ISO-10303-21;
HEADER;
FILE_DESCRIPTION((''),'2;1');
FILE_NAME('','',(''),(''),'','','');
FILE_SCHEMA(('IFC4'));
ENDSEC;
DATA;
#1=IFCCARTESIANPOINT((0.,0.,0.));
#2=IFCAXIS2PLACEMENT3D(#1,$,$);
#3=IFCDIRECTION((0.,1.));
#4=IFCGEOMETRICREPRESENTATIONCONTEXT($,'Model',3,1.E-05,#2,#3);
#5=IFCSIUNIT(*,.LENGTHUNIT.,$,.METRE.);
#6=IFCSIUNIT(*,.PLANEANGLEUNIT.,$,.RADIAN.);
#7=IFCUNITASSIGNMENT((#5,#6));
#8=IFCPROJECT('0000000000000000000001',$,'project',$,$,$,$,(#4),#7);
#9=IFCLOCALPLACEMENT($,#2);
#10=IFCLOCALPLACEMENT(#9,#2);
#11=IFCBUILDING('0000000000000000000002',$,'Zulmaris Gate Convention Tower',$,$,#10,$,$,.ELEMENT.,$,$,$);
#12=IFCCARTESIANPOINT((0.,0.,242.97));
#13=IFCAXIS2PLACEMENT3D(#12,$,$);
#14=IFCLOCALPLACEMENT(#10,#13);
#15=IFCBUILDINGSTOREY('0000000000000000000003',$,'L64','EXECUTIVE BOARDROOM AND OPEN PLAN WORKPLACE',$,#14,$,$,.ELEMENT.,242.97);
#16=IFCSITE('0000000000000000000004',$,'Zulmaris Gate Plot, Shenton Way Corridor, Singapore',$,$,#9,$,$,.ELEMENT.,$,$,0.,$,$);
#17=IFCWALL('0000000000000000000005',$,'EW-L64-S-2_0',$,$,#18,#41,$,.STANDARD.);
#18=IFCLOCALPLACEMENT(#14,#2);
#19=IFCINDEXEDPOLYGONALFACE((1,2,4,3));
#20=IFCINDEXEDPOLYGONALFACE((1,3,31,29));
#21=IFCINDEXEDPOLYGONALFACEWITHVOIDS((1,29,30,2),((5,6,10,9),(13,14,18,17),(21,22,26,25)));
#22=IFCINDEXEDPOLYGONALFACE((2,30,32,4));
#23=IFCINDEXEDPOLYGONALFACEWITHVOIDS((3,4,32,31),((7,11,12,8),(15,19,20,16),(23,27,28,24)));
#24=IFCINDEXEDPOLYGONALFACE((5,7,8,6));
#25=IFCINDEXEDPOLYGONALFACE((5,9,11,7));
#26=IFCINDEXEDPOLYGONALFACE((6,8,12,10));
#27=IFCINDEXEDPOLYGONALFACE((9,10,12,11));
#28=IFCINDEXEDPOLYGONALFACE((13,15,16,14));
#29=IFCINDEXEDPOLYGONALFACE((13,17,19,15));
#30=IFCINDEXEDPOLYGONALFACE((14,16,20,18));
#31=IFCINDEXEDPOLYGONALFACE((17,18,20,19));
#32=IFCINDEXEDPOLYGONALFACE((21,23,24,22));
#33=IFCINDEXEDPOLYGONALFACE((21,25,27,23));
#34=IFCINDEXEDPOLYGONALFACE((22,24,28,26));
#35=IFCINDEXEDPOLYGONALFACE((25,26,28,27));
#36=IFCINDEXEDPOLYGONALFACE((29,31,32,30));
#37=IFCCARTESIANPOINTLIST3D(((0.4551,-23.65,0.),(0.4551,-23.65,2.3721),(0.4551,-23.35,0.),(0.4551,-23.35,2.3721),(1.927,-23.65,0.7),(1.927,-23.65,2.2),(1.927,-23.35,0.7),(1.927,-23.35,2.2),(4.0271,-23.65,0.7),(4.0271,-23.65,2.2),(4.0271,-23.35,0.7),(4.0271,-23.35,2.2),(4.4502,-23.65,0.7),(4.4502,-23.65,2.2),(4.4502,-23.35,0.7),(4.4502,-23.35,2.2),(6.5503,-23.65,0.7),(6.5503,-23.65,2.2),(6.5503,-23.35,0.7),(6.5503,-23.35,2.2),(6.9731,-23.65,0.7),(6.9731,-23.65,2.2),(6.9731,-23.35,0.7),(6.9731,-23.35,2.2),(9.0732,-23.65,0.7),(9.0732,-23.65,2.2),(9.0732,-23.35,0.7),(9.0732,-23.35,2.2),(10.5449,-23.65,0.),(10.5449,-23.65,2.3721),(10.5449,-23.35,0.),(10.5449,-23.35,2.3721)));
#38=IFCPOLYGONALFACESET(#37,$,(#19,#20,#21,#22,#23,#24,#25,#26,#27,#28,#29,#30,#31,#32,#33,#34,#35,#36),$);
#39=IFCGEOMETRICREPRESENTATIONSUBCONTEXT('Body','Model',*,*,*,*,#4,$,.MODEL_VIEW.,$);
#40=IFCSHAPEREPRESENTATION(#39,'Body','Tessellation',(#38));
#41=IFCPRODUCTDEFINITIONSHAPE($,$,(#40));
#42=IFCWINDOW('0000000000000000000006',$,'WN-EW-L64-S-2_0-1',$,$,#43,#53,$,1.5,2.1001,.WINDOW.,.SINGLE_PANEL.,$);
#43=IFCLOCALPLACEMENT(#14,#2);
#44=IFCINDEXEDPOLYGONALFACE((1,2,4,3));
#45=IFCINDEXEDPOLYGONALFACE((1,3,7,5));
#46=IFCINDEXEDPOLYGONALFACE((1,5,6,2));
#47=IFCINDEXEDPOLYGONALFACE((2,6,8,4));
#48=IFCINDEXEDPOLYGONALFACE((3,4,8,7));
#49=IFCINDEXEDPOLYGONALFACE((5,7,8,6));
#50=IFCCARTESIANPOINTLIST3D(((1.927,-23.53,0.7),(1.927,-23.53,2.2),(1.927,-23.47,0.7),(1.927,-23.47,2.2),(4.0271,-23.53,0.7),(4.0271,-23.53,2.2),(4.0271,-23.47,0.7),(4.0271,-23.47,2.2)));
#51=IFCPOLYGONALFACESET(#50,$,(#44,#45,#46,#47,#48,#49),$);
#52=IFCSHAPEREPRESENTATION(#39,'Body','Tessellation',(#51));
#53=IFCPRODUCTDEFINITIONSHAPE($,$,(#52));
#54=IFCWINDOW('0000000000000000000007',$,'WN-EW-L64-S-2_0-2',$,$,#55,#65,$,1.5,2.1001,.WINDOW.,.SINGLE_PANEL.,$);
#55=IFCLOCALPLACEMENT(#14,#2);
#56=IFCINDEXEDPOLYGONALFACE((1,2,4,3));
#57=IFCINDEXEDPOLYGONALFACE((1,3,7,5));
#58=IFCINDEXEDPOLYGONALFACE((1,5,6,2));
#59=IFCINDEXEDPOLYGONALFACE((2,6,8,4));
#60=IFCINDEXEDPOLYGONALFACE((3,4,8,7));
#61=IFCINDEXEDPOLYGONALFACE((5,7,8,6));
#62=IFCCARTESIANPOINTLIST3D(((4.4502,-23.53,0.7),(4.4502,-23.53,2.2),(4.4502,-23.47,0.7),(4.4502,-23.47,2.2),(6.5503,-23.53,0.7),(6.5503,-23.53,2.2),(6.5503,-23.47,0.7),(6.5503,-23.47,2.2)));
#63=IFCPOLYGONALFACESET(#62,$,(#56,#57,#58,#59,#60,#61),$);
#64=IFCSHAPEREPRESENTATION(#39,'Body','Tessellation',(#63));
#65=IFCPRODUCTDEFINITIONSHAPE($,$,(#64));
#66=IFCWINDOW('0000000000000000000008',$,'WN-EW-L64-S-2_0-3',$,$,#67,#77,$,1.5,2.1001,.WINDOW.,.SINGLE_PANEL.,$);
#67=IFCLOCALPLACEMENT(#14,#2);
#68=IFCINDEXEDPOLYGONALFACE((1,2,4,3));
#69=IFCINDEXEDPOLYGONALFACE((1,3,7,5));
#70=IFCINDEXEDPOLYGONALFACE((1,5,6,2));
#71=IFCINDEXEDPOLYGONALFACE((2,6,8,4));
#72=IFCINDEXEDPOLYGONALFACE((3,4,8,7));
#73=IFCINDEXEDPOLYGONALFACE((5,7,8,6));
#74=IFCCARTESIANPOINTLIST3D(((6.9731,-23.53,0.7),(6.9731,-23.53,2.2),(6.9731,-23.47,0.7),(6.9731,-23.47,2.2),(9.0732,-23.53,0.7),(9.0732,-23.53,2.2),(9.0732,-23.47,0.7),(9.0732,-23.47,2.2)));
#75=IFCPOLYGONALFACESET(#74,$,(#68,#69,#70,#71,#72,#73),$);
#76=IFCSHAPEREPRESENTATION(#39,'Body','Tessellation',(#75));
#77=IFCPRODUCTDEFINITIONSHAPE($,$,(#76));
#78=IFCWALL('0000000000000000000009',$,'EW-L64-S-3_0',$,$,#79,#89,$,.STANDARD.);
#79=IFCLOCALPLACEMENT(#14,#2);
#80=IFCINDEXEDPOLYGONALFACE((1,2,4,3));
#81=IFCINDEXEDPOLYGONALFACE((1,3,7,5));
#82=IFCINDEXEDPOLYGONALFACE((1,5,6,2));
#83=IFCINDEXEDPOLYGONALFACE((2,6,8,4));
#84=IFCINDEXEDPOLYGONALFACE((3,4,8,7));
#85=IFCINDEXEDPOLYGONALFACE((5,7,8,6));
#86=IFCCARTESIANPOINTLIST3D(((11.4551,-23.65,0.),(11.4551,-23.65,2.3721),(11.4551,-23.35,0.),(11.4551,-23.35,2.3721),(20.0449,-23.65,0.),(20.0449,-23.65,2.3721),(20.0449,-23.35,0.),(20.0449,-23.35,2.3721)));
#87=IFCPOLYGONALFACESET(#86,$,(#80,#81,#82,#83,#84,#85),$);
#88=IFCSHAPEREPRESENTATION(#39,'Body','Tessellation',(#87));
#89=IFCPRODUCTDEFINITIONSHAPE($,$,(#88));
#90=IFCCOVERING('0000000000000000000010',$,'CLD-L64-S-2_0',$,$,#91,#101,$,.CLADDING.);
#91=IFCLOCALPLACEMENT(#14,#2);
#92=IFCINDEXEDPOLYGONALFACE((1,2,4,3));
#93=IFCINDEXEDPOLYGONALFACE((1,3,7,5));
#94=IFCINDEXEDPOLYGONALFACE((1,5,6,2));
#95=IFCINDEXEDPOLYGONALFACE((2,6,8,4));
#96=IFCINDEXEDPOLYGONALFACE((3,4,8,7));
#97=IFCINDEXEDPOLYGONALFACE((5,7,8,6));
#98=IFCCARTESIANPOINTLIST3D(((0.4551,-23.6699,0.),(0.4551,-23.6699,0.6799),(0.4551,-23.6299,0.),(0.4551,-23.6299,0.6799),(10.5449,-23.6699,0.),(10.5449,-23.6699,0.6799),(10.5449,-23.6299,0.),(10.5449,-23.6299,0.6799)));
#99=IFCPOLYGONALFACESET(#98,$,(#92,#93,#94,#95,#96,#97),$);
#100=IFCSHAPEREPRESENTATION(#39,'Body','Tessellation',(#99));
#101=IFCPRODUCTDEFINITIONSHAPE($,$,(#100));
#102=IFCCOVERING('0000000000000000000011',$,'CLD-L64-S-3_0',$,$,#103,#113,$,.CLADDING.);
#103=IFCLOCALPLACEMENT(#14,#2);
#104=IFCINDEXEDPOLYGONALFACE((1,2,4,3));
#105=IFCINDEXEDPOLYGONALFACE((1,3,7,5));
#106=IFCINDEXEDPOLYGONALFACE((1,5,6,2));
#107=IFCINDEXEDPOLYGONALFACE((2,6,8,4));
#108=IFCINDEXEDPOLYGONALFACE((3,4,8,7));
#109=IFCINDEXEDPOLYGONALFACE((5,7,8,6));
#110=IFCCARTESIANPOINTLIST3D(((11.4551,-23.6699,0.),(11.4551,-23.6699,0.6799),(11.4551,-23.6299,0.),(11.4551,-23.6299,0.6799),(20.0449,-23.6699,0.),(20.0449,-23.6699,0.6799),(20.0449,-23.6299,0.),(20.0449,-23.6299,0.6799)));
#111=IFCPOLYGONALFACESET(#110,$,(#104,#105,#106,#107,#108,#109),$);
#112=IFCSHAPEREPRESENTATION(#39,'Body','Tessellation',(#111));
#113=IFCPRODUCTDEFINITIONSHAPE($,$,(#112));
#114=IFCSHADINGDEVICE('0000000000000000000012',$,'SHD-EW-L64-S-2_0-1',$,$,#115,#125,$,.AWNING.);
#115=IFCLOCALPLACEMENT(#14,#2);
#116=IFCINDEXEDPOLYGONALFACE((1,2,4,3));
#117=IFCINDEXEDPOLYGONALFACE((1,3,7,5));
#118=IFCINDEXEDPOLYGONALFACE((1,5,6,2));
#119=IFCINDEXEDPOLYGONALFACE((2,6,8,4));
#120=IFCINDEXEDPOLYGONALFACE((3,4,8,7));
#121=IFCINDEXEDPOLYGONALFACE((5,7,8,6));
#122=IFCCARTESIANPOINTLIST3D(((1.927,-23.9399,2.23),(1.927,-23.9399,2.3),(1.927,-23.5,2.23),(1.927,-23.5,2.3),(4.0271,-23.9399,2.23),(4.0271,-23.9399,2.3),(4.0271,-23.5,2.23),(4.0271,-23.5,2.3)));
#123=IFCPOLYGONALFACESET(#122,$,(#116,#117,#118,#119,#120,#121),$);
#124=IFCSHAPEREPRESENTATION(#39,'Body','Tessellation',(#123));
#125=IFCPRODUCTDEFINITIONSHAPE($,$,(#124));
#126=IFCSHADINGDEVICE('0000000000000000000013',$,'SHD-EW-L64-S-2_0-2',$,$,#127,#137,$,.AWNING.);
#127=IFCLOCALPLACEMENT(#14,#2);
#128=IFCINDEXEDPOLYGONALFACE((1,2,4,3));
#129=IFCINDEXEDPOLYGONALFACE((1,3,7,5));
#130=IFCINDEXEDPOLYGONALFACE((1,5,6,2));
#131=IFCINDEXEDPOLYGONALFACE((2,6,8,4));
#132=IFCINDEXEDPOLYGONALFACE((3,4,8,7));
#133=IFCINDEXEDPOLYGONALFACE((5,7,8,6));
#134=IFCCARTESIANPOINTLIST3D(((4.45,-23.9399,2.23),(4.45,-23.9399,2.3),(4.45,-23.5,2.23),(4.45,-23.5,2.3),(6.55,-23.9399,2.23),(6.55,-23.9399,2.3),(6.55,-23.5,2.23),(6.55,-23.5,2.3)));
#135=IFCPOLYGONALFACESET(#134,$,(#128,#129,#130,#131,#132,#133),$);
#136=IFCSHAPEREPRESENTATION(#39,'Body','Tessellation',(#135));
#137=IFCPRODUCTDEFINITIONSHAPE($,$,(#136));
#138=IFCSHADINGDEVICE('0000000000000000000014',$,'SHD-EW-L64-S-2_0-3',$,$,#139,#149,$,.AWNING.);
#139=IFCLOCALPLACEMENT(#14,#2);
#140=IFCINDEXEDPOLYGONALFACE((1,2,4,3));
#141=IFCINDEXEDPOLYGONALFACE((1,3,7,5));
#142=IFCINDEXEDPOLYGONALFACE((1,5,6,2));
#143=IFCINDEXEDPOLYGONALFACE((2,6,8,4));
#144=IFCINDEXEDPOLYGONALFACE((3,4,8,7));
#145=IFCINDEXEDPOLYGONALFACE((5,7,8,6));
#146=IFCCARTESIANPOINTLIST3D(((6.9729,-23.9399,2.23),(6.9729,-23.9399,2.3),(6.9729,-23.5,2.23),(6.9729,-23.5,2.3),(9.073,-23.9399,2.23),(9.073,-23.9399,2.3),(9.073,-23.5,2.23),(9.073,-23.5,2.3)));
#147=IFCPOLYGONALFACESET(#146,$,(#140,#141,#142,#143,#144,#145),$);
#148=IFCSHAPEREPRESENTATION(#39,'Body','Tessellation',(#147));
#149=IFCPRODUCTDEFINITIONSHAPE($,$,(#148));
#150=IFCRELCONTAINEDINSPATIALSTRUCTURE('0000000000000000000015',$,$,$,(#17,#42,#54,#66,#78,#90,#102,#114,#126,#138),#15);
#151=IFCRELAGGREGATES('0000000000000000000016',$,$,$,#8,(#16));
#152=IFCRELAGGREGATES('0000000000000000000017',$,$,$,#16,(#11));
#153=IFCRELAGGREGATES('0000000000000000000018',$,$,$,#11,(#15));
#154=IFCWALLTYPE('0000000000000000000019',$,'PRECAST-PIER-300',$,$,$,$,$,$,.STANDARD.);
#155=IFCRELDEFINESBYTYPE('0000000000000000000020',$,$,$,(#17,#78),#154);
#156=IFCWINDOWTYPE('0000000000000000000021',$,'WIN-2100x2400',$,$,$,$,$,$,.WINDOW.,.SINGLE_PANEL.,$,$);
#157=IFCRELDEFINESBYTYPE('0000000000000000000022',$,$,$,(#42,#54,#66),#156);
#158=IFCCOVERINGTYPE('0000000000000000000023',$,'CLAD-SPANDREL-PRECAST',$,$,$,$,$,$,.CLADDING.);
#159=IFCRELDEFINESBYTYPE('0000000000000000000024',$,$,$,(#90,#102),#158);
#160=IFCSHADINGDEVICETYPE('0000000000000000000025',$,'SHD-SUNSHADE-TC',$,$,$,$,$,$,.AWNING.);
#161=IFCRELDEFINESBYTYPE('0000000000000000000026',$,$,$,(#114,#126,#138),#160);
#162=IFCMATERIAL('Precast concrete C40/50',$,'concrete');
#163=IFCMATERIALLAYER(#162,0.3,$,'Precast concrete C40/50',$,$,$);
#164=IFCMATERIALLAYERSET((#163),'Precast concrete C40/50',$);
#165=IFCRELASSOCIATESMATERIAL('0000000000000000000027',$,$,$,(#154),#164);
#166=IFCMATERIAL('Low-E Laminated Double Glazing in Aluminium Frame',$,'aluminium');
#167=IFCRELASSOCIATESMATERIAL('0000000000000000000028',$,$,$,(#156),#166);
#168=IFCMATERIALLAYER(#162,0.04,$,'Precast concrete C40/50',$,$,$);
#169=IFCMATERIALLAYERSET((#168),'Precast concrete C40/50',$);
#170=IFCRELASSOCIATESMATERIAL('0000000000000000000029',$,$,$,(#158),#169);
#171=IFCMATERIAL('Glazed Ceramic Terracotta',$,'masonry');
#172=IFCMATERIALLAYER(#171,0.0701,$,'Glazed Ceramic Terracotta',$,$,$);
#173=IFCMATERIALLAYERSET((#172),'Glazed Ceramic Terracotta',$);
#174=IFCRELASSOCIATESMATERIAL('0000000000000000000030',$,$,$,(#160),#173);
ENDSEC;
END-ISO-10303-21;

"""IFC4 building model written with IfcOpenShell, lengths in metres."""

from ifc_helpers import new_model, si_unit, direction, frame, frame_2d, origin, place, context, subcontext, project, spatial, rectangle, extrude, material, layer, layer_set, type_object, element, fill, save


model = new_model("IFC4")

# Units and contexts
model_context = context("Model", 3, precision=1e-05, world=origin(), true_north=direction((0.0, 1.0)))
body_context = subcontext(model_context, "Body", "Model", "MODEL_VIEW")
ifc_project = project(units=[si_unit("LENGTHUNIT", "METRE"), si_unit("PLANEANGLEUNIT", "RADIAN")], contexts=[model_context])

# Site, building, storey
site_placement = place(None, origin())
site = spatial("IfcSite", under=ifc_project, at=site_placement, Name="Zulmaris Gate Plot, Shenton Way Corridor, Singapore", CompositionType="ELEMENT", RefElevation=0.0)
building_placement = place(site_placement, origin())
building = spatial("IfcBuilding", under=site, at=building_placement, Name="Zulmaris Gate Convention Tower", CompositionType="ELEMENT")
storey_placement = place(building_placement, frame((0.0, 0.0, 242.97)))
storey = spatial("IfcBuildingStorey", under=building, at=storey_placement, Name="L64", Description="EXECUTIVE BOARDROOM AND OPEN PLAN WORKPLACE", CompositionType="ELEMENT", Elevation=242.97)

# Wall, openings, windows
ifc_material_1 = material(Name="Precast concrete C40/50", Category="concrete")
ifc_layer_1 = layer(ifc_material_1, 0.3, Name="Precast concrete C40/50")
ifc_layer_set_1 = layer_set([ifc_layer_1], Name="Precast concrete C40/50")
wall_type_1 = type_object("IfcWallType", Name="PRECAST-PIER-300", PredefinedType="STANDARD", material=ifc_layer_set_1)
wall_1_placement = place(storey_placement, frame((0.4551, -23.5, 0.0), z_axis=(0.0, 0.0, 1.0), x_axis=(1.0, 0.0, 0.0)))
wall_1 = element("IfcWall", 1, at=wall_1_placement, inside=storey, type_object=wall_type_1, Name="EW-L64-S-2_0", PredefinedType="STANDARD", context=body_context, shape_type="SweptSolid", body=[
    extrude(rectangle(XDim=10.0898, YDim=0.3, at=frame_2d((5.0449, 0.0))), origin(), (0.0, 0.0, 1.0), 2.3721),
])
opening_1_placement = place(wall_1_placement, frame((1.4719, 0.0, 0.7)))
opening_1 = element("IfcOpeningElement", 2, at=opening_1_placement, cuts=wall_1, PredefinedType="OPENING", context=body_context, shape_type="SweptSolid", body=[
    extrude(rectangle(XDim=2.1001, YDim=1.5, at=frame_2d((1.05, 0.75))), frame((0.0, 0.1602, 0.0), z_axis=(0.0, -1.0, 0.0), x_axis=(1.0, 0.0, 0.0)), (0.0, 0.0, 1.0), 0.3201),
])
opening_2_placement = place(wall_1_placement, frame((3.9951, 0.0, 0.7)))
opening_2 = element("IfcOpeningElement", 3, at=opening_2_placement, cuts=wall_1, PredefinedType="OPENING", context=body_context, shape_type="SweptSolid", body=[
    extrude(rectangle(XDim=2.1001, YDim=1.5, at=frame_2d((1.05, 0.75))), frame((0.0, 0.1602, 0.0), z_axis=(0.0, -1.0, 0.0), x_axis=(1.0, 0.0, 0.0)), (0.0, 0.0, 1.0), 0.3201),
])
opening_3_placement = place(wall_1_placement, frame((6.5181, 0.0, 0.7)))
opening_3 = element("IfcOpeningElement", 4, at=opening_3_placement, cuts=wall_1, PredefinedType="OPENING", context=body_context, shape_type="SweptSolid", body=[
    extrude(rectangle(XDim=2.1001, YDim=1.5, at=frame_2d((1.05, 0.75))), frame((0.0, 0.1602, 0.0), z_axis=(0.0, -1.0, 0.0), x_axis=(1.0, 0.0, 0.0)), (0.0, 0.0, 1.0), 0.3201),
])
ifc_material_2 = material(Name="Low-E Laminated Double Glazing in Aluminium Frame", Category="aluminium")
window_type = type_object("IfcWindowType", Name="WIN-2100x2400", PartitioningType="SINGLE_PANEL", PredefinedType="WINDOW", material=ifc_material_2)
window_1_placement = place(opening_1_placement, origin())
window_1 = element("IfcWindow", 5, at=window_1_placement, inside=storey, type_object=window_type, Name="WN-EW-L64-S-2_0-1", OverallHeight=1.5, OverallWidth=2.1001, PartitioningType="SINGLE_PANEL", PredefinedType="WINDOW", context=body_context, shape_type="SweptSolid", body=[
    extrude(rectangle(XDim=2.1001, YDim=1.5, at=frame_2d((1.05, 0.75))), frame((0.0, 0.03, 0.0), z_axis=(0.0, -1.0, 0.0), x_axis=(1.0, 0.0, 0.0)), (0.0, 0.0, 1.0), 0.0601),
])
fill(opening_1, window_1)
window_2_placement = place(opening_2_placement, origin())
window_2 = element("IfcWindow", 6, at=window_2_placement, inside=storey, type_object=window_type, Name="WN-EW-L64-S-2_0-2", OverallHeight=1.5, OverallWidth=2.1001, PartitioningType="SINGLE_PANEL", PredefinedType="WINDOW", context=body_context, shape_type="SweptSolid", body=[
    extrude(rectangle(XDim=2.1001, YDim=1.5, at=frame_2d((1.05, 0.75))), frame((0.0, 0.03, 0.0), z_axis=(0.0, -1.0, 0.0), x_axis=(1.0, 0.0, 0.0)), (0.0, 0.0, 1.0), 0.0601),
])
fill(opening_2, window_2)
window_3_placement = place(opening_3_placement, origin())
window_3 = element("IfcWindow", 7, at=window_3_placement, inside=storey, type_object=window_type, Name="WN-EW-L64-S-2_0-3", OverallHeight=1.5, OverallWidth=2.1001, PartitioningType="SINGLE_PANEL", PredefinedType="WINDOW", context=body_context, shape_type="SweptSolid", body=[
    extrude(rectangle(XDim=2.1001, YDim=1.5, at=frame_2d((1.05, 0.75))), frame((0.0, 0.03, 0.0), z_axis=(0.0, -1.0, 0.0), x_axis=(1.0, 0.0, 0.0)), (0.0, 0.0, 1.0), 0.0601),
])
fill(opening_3, window_3)

# Wall
wall_2_placement = place(storey_placement, frame((11.4551, -23.5, 0.0), z_axis=(0.0, 0.0, 1.0), x_axis=(1.0, 0.0, 0.0)))
element("IfcWall", 8, at=wall_2_placement, inside=storey, type_object=wall_type_1, Name="EW-L64-S-3_0", PredefinedType="STANDARD", context=body_context, shape_type="SweptSolid", body=[
    extrude(rectangle(XDim=8.5898, YDim=0.3, at=frame_2d((4.2949, 0.0))), origin(), (0.0, 0.0, 1.0), 2.3721),
])

# Coverings
ifc_layer_2 = layer(ifc_material_1, 0.04, Name="Precast concrete C40/50")
ifc_layer_set_2 = layer_set([ifc_layer_2], Name="Precast concrete C40/50")
covering_type = type_object("IfcCoveringType", Name="CLAD-SPANDREL-PRECAST", PredefinedType="CLADDING", material=ifc_layer_set_2)
covering_1_placement = place(storey_placement, frame((0.4551, -23.6499, 0.0), z_axis=(0.0, 0.0, 1.0), x_axis=(1.0, 0.0, 0.0)))
element("IfcCovering", 9, at=covering_1_placement, inside=storey, type_object=covering_type, Name="CLD-L64-S-2_0", PredefinedType="CLADDING", context=body_context, shape_type="SweptSolid", body=[
    extrude(rectangle(XDim=10.0898, YDim=0.04, at=frame_2d((5.0449, 0.0))), origin(), (0.0, 0.0, 1.0), 0.6799),
])
covering_2_placement = place(storey_placement, frame((11.4551, -23.6499, 0.0), z_axis=(0.0, 0.0, 1.0), x_axis=(1.0, 0.0, 0.0)))
element("IfcCovering", 10, at=covering_2_placement, inside=storey, type_object=covering_type, Name="CLD-L64-S-3_0", PredefinedType="CLADDING", context=body_context, shape_type="SweptSolid", body=[
    extrude(rectangle(XDim=8.5898, YDim=0.04, at=frame_2d((4.2949, 0.0))), origin(), (0.0, 0.0, 1.0), 0.6799),
])

# Shading devices
ifc_material_3 = material(Name="Glazed Ceramic Terracotta", Category="masonry")
ifc_layer_3 = layer(ifc_material_3, 0.0701, Name="Glazed Ceramic Terracotta")
ifc_layer_set_3 = layer_set([ifc_layer_3], Name="Glazed Ceramic Terracotta")
shading_device_type = type_object("IfcShadingDeviceType", Name="SHD-SUNSHADE-TC", PredefinedType="AWNING", material=ifc_layer_set_3)
for number, where, z_axis, x_axis, name in (
    (11, (1.927, -23.72, 2.23), (0.0, 0.0, 1.0), (1.0, 0.0, 0.0), "SHD-EW-L64-S-2_0-1"),
    (12, (4.45, -23.72, 2.23), (0.0, 0.0, 1.0), (1.0, 0.0, 0.0), "SHD-EW-L64-S-2_0-2"),
    (13, (6.9729, -23.72, 2.23), (0.0, 0.0, 1.0), (1.0, 0.0, 0.0), "SHD-EW-L64-S-2_0-3"),
):
    element("IfcShadingDevice", number, at=place(storey_placement, frame(where, z_axis=z_axis, x_axis=x_axis)), inside=storey, type_object=shading_device_type, Name=name, PredefinedType="AWNING", context=body_context, shape_type="SweptSolid", body=[
        extrude(rectangle(XDim=2.1001, YDim=0.4399, at=frame_2d((1.05, 0.0))), origin(), (0.0, 0.0, 1.0), 0.0701),
    ])

save(model, "model.ifc")
